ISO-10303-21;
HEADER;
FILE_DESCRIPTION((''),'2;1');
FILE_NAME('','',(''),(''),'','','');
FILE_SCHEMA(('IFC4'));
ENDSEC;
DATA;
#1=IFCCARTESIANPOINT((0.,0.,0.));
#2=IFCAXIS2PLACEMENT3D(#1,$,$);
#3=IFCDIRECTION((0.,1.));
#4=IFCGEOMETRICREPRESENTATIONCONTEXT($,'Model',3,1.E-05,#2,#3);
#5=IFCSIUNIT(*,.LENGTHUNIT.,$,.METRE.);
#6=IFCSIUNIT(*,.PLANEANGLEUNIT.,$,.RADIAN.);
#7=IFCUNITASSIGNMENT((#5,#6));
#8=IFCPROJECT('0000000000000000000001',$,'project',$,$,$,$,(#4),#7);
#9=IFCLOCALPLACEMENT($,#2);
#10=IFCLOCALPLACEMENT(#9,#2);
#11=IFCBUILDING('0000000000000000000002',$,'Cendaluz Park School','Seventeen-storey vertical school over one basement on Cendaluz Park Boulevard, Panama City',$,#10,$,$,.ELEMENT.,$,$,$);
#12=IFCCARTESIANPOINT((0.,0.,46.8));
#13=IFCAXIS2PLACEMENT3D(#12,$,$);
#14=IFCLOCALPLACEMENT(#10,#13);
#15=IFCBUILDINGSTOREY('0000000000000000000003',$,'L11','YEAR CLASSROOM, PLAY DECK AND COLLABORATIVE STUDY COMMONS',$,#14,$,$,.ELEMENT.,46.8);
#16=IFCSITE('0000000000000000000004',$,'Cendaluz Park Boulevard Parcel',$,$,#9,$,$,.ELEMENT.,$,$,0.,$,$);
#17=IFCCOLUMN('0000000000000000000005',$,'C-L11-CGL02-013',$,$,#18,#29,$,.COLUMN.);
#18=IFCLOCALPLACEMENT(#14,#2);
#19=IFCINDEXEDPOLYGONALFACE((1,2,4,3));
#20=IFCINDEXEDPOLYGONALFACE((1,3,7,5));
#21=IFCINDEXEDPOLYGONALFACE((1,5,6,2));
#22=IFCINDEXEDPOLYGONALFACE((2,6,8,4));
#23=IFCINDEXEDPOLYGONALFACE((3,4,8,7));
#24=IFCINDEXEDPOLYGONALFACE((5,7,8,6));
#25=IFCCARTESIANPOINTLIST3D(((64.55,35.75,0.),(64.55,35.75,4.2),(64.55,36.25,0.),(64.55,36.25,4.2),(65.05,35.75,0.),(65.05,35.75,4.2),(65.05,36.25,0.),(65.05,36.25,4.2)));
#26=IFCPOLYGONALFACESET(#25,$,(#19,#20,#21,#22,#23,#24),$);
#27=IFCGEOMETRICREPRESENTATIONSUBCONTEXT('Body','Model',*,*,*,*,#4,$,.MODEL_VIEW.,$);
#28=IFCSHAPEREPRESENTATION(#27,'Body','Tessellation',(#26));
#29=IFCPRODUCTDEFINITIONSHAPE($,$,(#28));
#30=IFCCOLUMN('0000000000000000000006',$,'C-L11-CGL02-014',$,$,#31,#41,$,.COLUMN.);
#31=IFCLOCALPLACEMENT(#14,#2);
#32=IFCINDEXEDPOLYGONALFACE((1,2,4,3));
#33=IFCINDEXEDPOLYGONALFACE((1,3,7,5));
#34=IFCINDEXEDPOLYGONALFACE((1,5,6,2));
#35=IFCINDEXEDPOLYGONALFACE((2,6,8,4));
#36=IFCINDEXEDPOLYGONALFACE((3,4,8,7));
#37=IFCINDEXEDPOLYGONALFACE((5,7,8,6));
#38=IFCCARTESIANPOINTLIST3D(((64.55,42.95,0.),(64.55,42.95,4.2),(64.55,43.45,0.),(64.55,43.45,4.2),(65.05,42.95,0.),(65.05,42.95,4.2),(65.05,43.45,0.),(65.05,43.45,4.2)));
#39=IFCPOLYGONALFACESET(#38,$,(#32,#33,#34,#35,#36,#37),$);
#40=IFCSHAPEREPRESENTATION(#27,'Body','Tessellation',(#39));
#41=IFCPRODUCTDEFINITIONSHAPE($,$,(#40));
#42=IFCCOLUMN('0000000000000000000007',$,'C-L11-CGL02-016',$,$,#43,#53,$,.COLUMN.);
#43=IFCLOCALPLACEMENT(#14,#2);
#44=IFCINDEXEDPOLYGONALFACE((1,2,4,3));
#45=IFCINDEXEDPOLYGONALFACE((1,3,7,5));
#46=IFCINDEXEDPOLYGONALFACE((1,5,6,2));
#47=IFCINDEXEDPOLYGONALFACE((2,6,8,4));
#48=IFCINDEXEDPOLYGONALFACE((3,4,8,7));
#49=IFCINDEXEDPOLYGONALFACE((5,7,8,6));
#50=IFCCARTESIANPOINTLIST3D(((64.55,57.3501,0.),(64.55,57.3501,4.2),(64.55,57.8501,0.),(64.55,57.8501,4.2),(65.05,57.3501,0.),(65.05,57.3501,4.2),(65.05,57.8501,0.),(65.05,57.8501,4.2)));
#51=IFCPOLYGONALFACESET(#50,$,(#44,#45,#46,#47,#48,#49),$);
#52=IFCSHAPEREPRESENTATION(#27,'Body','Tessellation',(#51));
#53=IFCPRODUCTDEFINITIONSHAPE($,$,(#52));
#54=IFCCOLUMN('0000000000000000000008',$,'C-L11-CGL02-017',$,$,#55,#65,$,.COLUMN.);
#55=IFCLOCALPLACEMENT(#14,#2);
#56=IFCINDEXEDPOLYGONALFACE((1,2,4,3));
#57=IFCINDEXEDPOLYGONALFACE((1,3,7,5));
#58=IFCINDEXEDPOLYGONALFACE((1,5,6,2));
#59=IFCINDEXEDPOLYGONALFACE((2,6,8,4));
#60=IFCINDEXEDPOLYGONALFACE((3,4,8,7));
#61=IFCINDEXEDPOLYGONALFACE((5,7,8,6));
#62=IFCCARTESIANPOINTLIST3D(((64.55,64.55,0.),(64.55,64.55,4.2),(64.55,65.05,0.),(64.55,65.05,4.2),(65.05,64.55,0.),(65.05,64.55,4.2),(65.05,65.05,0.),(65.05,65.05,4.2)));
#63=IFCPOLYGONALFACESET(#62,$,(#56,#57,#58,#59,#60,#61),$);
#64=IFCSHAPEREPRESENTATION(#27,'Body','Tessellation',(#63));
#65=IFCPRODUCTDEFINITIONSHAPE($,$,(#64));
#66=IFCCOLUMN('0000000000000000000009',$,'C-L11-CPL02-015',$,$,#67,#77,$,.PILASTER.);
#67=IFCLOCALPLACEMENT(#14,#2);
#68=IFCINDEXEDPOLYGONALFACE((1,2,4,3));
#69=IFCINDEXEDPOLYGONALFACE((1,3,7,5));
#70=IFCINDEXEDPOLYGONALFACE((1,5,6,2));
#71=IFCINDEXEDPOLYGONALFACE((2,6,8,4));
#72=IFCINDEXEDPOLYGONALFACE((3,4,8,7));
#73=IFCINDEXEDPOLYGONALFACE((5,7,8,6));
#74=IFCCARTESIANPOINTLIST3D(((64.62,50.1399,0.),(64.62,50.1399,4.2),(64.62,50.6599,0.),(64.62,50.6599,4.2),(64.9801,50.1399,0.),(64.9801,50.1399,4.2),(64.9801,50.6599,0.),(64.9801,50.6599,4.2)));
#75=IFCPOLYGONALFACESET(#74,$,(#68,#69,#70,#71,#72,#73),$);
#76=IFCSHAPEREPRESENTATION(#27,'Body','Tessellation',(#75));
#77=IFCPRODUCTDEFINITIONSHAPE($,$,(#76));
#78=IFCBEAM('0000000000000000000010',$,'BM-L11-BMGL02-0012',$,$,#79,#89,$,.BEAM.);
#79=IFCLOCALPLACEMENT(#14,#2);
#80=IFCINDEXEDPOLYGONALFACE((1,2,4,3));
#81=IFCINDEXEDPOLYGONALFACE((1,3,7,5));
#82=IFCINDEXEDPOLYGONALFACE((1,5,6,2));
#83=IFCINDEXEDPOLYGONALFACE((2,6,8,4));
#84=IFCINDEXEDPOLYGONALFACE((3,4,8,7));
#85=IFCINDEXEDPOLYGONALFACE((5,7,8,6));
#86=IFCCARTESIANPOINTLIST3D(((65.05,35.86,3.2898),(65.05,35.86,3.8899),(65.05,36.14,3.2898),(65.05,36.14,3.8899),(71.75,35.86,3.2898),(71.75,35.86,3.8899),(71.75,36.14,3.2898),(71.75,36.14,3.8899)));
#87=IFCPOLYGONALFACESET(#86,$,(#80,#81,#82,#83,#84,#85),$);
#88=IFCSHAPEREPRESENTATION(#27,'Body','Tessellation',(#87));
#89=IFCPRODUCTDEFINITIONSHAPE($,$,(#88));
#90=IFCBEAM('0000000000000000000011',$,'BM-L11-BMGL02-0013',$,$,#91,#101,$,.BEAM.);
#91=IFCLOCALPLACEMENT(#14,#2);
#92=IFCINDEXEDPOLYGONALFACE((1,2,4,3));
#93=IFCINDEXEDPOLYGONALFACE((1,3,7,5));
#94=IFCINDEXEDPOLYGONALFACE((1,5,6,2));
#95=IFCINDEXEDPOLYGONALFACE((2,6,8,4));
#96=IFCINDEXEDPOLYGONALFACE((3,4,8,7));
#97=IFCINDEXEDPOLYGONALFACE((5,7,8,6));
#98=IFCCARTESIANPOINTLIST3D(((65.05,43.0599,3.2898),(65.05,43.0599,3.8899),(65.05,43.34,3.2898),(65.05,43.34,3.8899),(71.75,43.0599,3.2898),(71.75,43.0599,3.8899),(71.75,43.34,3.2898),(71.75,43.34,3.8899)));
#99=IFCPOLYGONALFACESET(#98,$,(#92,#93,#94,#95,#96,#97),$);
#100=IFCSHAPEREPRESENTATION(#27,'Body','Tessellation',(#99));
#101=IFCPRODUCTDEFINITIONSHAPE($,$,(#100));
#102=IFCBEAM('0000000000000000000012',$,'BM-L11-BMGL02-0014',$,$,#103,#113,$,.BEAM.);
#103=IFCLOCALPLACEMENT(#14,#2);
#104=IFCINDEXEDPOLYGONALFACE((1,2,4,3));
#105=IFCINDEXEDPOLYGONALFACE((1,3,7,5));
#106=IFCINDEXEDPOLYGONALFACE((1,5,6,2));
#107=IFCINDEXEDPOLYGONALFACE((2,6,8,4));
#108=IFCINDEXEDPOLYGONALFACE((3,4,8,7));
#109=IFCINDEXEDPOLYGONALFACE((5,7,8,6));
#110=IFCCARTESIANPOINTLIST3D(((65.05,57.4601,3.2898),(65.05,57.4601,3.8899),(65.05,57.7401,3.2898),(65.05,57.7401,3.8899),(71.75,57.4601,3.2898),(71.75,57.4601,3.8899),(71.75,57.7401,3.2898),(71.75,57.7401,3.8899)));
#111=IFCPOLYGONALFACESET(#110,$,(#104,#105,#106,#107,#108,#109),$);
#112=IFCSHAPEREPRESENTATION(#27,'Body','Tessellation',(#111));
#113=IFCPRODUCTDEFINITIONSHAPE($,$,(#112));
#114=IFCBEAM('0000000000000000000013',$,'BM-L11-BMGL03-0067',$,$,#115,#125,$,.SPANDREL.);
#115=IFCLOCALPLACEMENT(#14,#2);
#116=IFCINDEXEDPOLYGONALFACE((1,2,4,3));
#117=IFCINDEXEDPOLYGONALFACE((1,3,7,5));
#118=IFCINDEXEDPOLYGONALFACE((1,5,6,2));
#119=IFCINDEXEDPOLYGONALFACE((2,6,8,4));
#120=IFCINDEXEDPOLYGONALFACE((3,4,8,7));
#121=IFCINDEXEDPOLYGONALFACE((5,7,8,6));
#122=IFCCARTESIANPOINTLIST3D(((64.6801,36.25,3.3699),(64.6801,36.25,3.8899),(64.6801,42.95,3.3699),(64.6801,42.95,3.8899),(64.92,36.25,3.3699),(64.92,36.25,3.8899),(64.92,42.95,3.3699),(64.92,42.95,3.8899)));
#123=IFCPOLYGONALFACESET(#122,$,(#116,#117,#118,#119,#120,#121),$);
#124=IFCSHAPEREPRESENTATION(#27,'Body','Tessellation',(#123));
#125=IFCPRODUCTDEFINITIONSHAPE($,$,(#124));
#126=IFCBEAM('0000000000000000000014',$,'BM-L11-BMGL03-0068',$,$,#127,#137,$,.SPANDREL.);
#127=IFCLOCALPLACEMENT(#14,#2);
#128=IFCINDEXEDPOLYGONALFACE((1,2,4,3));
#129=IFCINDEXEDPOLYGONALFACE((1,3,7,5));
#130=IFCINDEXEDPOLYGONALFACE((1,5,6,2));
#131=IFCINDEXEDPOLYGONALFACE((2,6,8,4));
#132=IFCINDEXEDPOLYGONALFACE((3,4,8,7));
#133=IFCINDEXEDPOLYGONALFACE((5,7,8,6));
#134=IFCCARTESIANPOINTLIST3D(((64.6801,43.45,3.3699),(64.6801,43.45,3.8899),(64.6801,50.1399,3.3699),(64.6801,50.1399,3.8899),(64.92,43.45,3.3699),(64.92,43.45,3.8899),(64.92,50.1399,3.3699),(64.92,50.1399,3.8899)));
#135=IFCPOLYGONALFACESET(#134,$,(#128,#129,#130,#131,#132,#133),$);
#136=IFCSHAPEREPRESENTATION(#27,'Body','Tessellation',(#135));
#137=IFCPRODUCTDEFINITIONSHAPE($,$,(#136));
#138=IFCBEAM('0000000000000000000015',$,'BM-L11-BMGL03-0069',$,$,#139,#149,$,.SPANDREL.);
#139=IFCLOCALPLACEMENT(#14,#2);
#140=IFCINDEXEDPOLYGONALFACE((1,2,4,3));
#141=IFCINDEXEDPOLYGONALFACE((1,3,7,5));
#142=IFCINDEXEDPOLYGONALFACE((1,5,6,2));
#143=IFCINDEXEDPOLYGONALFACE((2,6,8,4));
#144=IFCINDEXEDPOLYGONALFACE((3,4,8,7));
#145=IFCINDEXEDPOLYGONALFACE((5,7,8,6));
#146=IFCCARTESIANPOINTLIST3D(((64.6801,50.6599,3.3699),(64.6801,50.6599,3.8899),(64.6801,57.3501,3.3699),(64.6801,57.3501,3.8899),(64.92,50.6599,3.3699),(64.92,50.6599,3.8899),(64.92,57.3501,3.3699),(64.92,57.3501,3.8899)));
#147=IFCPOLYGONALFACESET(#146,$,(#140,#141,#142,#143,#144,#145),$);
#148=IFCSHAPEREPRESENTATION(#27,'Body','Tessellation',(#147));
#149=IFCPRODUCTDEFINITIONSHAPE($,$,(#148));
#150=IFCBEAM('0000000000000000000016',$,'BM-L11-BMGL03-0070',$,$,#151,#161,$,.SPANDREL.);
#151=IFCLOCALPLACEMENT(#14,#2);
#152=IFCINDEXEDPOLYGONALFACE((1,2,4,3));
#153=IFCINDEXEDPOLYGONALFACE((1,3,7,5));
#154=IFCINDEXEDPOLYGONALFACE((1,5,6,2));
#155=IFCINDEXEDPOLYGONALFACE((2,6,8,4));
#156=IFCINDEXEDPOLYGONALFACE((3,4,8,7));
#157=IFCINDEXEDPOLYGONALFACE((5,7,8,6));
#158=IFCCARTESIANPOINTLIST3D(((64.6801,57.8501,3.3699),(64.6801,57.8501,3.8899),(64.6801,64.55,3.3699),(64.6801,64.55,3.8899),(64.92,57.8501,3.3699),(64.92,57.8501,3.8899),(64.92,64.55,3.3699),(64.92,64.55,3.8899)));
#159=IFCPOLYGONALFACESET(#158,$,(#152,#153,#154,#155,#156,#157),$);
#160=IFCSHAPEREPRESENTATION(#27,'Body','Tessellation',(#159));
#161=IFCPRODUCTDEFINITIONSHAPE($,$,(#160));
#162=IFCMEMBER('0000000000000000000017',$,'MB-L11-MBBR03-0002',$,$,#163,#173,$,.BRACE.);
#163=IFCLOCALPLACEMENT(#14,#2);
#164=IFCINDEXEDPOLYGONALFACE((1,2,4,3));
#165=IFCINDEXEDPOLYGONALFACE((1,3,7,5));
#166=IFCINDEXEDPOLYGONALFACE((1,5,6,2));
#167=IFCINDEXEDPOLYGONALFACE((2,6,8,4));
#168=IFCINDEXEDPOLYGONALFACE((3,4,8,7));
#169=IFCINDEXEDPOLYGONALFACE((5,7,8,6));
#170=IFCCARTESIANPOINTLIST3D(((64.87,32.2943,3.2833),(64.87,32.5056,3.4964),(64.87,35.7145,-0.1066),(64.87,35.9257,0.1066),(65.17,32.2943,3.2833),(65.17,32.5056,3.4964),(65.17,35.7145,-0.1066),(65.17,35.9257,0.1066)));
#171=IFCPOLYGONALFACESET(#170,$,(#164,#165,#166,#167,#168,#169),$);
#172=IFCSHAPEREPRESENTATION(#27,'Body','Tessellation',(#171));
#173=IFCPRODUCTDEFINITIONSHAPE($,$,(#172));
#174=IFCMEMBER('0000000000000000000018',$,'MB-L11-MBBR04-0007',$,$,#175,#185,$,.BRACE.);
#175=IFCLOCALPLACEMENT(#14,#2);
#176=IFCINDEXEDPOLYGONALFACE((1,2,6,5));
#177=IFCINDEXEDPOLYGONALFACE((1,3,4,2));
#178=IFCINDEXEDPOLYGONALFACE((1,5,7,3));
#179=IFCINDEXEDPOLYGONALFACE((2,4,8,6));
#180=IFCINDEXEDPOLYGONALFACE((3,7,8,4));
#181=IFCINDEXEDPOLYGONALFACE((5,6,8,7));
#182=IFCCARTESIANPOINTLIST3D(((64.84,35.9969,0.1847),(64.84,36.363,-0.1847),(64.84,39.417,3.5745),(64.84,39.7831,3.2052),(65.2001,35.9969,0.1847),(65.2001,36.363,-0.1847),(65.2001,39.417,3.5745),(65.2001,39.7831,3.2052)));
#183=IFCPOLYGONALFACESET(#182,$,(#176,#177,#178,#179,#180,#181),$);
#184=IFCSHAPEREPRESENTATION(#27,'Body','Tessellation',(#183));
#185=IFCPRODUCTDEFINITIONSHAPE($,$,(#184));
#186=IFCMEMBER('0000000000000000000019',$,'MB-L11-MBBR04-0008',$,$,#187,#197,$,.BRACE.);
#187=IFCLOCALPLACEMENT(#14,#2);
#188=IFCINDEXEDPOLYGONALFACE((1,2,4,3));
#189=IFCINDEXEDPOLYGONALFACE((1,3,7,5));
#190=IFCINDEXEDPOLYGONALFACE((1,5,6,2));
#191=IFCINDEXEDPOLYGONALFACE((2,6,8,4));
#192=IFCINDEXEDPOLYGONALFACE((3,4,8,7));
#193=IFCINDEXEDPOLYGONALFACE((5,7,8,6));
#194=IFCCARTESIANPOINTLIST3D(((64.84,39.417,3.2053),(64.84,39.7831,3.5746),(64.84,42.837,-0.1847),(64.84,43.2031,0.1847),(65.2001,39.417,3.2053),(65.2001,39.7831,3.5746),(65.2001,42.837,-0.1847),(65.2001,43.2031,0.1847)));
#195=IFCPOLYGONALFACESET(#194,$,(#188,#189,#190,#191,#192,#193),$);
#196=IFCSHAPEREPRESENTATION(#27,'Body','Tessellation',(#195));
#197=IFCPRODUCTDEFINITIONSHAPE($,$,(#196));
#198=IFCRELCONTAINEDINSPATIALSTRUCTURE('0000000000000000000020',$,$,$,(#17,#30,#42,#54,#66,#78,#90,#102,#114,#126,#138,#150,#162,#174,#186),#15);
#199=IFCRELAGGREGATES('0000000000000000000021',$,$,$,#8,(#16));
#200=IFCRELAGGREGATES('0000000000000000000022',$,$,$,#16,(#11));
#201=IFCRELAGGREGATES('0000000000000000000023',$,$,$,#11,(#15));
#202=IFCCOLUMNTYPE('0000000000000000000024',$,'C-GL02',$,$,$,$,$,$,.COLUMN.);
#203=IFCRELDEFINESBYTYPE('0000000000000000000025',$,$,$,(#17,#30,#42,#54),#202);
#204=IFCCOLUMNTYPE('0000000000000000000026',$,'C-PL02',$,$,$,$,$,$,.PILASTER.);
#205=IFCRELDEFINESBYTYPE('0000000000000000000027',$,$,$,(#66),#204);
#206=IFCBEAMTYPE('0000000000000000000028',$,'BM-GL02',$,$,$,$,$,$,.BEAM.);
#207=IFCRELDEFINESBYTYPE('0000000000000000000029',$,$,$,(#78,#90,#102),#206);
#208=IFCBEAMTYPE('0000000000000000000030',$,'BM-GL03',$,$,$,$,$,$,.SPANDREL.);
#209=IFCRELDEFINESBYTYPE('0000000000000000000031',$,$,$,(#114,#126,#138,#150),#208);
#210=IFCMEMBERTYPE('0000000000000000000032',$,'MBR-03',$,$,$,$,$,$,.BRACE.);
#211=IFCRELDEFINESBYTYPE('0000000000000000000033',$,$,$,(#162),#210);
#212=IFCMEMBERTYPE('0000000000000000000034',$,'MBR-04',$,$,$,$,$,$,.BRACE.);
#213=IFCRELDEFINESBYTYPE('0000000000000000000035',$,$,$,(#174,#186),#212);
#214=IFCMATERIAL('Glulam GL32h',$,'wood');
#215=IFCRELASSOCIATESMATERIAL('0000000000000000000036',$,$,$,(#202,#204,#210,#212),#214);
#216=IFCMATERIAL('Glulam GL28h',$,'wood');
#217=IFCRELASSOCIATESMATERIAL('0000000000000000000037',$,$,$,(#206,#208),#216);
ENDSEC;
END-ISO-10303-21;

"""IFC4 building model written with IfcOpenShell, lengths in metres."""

from ifc_helpers import new_model, si_unit, direction, frame, origin, origin_2d, place, context, subcontext, project, spatial, rectangle, extrude, material, material_profile, profile_set, type_object, element, save


model = new_model("IFC4")

# Units and contexts
model_context = context("Model", 3, precision=1e-05, world=origin(), true_north=direction((0.0, 1.0)))
body_context = subcontext(model_context, "Body", "Model", "MODEL_VIEW")
ifc_project = project(units=[si_unit("LENGTHUNIT", "METRE"), si_unit("PLANEANGLEUNIT", "RADIAN")], contexts=[model_context])

# Site, building, storey
site_placement = place(None, origin())
site = spatial("IfcSite", under=ifc_project, at=site_placement, Name="Cendaluz Park Boulevard Parcel", CompositionType="ELEMENT", RefElevation=0.0)
building_placement = place(site_placement, origin())
building = spatial("IfcBuilding", under=site, at=building_placement, Name="Cendaluz Park School", Description="Seventeen-storey vertical school over one basement on Cendaluz Park Boulevard, Panama City", CompositionType="ELEMENT")
storey_placement = place(building_placement, frame((0.0, 0.0, 46.8)))
storey = spatial("IfcBuildingStorey", under=building, at=storey_placement, Name="L11", Description="YEAR CLASSROOM, PLAY DECK AND COLLABORATIVE STUDY COMMONS", CompositionType="ELEMENT", Elevation=46.8)

# Columns
ifc_material_1 = material(Name="Glulam GL32h", Category="wood")
ifc_material_profile_1 = material_profile(ifc_material_1, rectangle(XDim=0.5, YDim=0.5, at=origin_2d()), Name="GL32h 500x500", Category="wood")
ifc_profile_set_1 = profile_set([ifc_material_profile_1], Name="Glulam GL32h")
column_type_1 = type_object("IfcColumnType", Name="C-GL02", PredefinedType="COLUMN", material=ifc_profile_set_1)
for number, where, z_axis, x_axis, name in (
    (1, (64.8, 36.0, 0.0), (0.0, 0.0, 1.0), (1.0, 0.0, 0.0), "C-L11-CGL02-013"),
    (2, (64.8, 43.2, 0.0), (0.0, 0.0, 1.0), (1.0, 0.0, 0.0), "C-L11-CGL02-014"),
    (3, (64.8, 57.6001, 0.0), (0.0, 0.0, 1.0), (1.0, 0.0, 0.0), "C-L11-CGL02-016"),
    (4, (64.8, 64.8, 0.0), (0.0, 0.0, 1.0), (1.0, 0.0, 0.0), "C-L11-CGL02-017"),
):
    element("IfcColumn", number, at=place(storey_placement, frame(where, z_axis=z_axis, x_axis=x_axis)), inside=storey, type_object=column_type_1, Name=name, PredefinedType="COLUMN", context=body_context, shape_type="SweptSolid", body=[
        extrude(rectangle(XDim=0.5, YDim=0.5, at=origin_2d()), origin(), (0.0, 0.0, 1.0), 4.2),
    ])
ifc_material_profile_2 = material_profile(ifc_material_1, rectangle(XDim=0.3601, YDim=0.52, at=origin_2d()), Name="GL32h 360x520", Category="wood")
ifc_profile_set_2 = profile_set([ifc_material_profile_2], Name="Glulam GL32h")
column_type_2 = type_object("IfcColumnType", Name="C-PL02", PredefinedType="PILASTER", material=ifc_profile_set_2)
column_placement = place(storey_placement, frame((64.8, 50.3999, 0.0), z_axis=(0.0, 0.0, 1.0), x_axis=(1.0, 0.0, 0.0)))
element("IfcColumn", 5, at=column_placement, inside=storey, type_object=column_type_2, Name="C-L11-CPL02-015", PredefinedType="PILASTER", context=body_context, shape_type="SweptSolid", body=[
    extrude(rectangle(XDim=0.3601, YDim=0.52, at=origin_2d()), origin(), (0.0, 0.0, 1.0), 4.2),
])

# Beams
ifc_material_2 = material(Name="Glulam GL28h", Category="wood")
ifc_material_profile_3 = material_profile(ifc_material_2, rectangle(XDim=0.28, YDim=0.6001, at=origin_2d()), Name="GL28h 280x600", Category="wood")
ifc_profile_set_3 = profile_set([ifc_material_profile_3], Name="Glulam GL28h")
beam_type_1 = type_object("IfcBeamType", Name="BM-GL02", PredefinedType="BEAM", material=ifc_profile_set_3)
for number, where, z_axis, x_axis, name in (
    (6, (65.05, 36.0, 3.5898), (1.0, 0.0, 0.0), (0.0, 1.0, 0.0), "BM-L11-BMGL02-0012"),
    (7, (65.05, 43.2, 3.5898), (1.0, 0.0, 0.0), (0.0, 1.0, 0.0), "BM-L11-BMGL02-0013"),
    (8, (65.05, 57.6001, 3.5898), (1.0, 0.0, 0.0), (0.0, 1.0, 0.0), "BM-L11-BMGL02-0014"),
):
    element("IfcBeam", number, at=place(storey_placement, frame(where, z_axis=z_axis, x_axis=x_axis)), inside=storey, type_object=beam_type_1, Name=name, PredefinedType="BEAM", context=body_context, shape_type="SweptSolid", body=[
        extrude(rectangle(XDim=0.28, YDim=0.6001, at=origin_2d()), origin(), (0.0, 0.0, 1.0), 6.7),
    ])
ifc_material_profile_4 = material_profile(ifc_material_2, rectangle(XDim=0.24, YDim=0.52, at=origin_2d()), Name="GL28h 240x520", Category="wood")
ifc_profile_set_4 = profile_set([ifc_material_profile_4], Name="Glulam GL28h")
beam_type_2 = type_object("IfcBeamType", Name="BM-GL03", PredefinedType="SPANDREL", material=ifc_profile_set_4)
beam_1_placement = place(storey_placement, frame((64.8, 36.25, 3.6299), z_axis=(0.0, 1.0, 0.0), x_axis=(-1.0, 0.0, 0.0)))
element("IfcBeam", 9, at=beam_1_placement, inside=storey, type_object=beam_type_2, Name="BM-L11-BMGL03-0067", PredefinedType="SPANDREL", context=body_context, shape_type="SweptSolid", body=[
    extrude(rectangle(XDim=0.24, YDim=0.52, at=origin_2d()), origin(), (0.0, 0.0, 1.0), 6.7),
])
beam_2_placement = place(storey_placement, frame((64.8, 43.45, 3.6299), z_axis=(0.0, 1.0, 0.0), x_axis=(-1.0, 0.0, 0.0)))
element("IfcBeam", 10, at=beam_2_placement, inside=storey, type_object=beam_type_2, Name="BM-L11-BMGL03-0068", PredefinedType="SPANDREL", context=body_context, shape_type="SweptSolid", body=[
    extrude(rectangle(XDim=0.24, YDim=0.52, at=origin_2d()), origin(), (0.0, 0.0, 1.0), 6.6899),
])
beam_3_placement = place(storey_placement, frame((64.8, 50.6599, 3.6299), z_axis=(0.0, 1.0, 0.0), x_axis=(-1.0, 0.0, 0.0)))
element("IfcBeam", 11, at=beam_3_placement, inside=storey, type_object=beam_type_2, Name="BM-L11-BMGL03-0069", PredefinedType="SPANDREL", context=body_context, shape_type="SweptSolid", body=[
    extrude(rectangle(XDim=0.24, YDim=0.52, at=origin_2d()), origin(), (0.0, 0.0, 1.0), 6.6902),
])
beam_4_placement = place(storey_placement, frame((64.8, 57.8501, 3.6299), z_axis=(0.0, 1.0, 0.0), x_axis=(-1.0, 0.0, 0.0)))
element("IfcBeam", 12, at=beam_4_placement, inside=storey, type_object=beam_type_2, Name="BM-L11-BMGL03-0070", PredefinedType="SPANDREL", context=body_context, shape_type="SweptSolid", body=[
    extrude(rectangle(XDim=0.24, YDim=0.52, at=origin_2d()), origin(), (0.0, 0.0, 1.0), 6.7),
])

# Members
ifc_material_profile_5 = material_profile(ifc_material_1, rectangle(XDim=0.3, YDim=0.3, at=origin_2d()), Name="GL32h 300x300", Category="wood")
ifc_profile_set_5 = profile_set([ifc_material_profile_5], Name="Glulam GL32h")
member_type_1 = type_object("IfcMemberType", Name="MBR-03", PredefinedType="BRACE", material=ifc_profile_set_5)
member_placement = place(storey_placement, frame((65.02, 35.8201, 0.0), z_axis=(0.0, -0.710243, 0.703956), x_axis=(1.0, 0.0, 0.0)))
element("IfcMember", 13, at=member_placement, inside=storey, type_object=member_type_1, Name="MB-L11-MBBR03-0002", PredefinedType="BRACE", context=body_context, shape_type="SweptSolid", body=[
    extrude(rectangle(XDim=0.3, YDim=0.3, at=origin_2d()), origin(), (0.0, 0.0, 1.0), 4.8154),
])
ifc_material_profile_6 = material_profile(ifc_material_1, rectangle(XDim=0.3601, YDim=0.52, at=origin_2d()), Name="GL32h 360x520", Category="wood")
ifc_profile_set_6 = profile_set([ifc_material_profile_6], Name="Glulam GL32h")
member_type_2 = type_object("IfcMemberType", Name="MBR-04", PredefinedType="BRACE", material=ifc_profile_set_6)
for number, where, z_axis, x_axis, name in (
    (14, (65.02, 36.1799, 0.0), (0.0, 0.710243, 0.703956), (-1.0, 0.0, 0.0), "MB-L11-MBBR04-0007"),
    (15, (65.02, 43.02, 0.0), (0.0, -0.710218, 0.703982), (1.0, 0.0, 0.0), "MB-L11-MBBR04-0008"),
):
    element("IfcMember", number, at=place(storey_placement, frame(where, z_axis=z_axis, x_axis=x_axis)), inside=storey, type_object=member_type_2, Name=name, PredefinedType="BRACE", context=body_context, shape_type="SweptSolid", body=[
        extrude(rectangle(XDim=0.3601, YDim=0.52, at=origin_2d()), origin(), (0.0, 0.0, 1.0), 4.8154),
    ])

save(model, "model.ifc")
